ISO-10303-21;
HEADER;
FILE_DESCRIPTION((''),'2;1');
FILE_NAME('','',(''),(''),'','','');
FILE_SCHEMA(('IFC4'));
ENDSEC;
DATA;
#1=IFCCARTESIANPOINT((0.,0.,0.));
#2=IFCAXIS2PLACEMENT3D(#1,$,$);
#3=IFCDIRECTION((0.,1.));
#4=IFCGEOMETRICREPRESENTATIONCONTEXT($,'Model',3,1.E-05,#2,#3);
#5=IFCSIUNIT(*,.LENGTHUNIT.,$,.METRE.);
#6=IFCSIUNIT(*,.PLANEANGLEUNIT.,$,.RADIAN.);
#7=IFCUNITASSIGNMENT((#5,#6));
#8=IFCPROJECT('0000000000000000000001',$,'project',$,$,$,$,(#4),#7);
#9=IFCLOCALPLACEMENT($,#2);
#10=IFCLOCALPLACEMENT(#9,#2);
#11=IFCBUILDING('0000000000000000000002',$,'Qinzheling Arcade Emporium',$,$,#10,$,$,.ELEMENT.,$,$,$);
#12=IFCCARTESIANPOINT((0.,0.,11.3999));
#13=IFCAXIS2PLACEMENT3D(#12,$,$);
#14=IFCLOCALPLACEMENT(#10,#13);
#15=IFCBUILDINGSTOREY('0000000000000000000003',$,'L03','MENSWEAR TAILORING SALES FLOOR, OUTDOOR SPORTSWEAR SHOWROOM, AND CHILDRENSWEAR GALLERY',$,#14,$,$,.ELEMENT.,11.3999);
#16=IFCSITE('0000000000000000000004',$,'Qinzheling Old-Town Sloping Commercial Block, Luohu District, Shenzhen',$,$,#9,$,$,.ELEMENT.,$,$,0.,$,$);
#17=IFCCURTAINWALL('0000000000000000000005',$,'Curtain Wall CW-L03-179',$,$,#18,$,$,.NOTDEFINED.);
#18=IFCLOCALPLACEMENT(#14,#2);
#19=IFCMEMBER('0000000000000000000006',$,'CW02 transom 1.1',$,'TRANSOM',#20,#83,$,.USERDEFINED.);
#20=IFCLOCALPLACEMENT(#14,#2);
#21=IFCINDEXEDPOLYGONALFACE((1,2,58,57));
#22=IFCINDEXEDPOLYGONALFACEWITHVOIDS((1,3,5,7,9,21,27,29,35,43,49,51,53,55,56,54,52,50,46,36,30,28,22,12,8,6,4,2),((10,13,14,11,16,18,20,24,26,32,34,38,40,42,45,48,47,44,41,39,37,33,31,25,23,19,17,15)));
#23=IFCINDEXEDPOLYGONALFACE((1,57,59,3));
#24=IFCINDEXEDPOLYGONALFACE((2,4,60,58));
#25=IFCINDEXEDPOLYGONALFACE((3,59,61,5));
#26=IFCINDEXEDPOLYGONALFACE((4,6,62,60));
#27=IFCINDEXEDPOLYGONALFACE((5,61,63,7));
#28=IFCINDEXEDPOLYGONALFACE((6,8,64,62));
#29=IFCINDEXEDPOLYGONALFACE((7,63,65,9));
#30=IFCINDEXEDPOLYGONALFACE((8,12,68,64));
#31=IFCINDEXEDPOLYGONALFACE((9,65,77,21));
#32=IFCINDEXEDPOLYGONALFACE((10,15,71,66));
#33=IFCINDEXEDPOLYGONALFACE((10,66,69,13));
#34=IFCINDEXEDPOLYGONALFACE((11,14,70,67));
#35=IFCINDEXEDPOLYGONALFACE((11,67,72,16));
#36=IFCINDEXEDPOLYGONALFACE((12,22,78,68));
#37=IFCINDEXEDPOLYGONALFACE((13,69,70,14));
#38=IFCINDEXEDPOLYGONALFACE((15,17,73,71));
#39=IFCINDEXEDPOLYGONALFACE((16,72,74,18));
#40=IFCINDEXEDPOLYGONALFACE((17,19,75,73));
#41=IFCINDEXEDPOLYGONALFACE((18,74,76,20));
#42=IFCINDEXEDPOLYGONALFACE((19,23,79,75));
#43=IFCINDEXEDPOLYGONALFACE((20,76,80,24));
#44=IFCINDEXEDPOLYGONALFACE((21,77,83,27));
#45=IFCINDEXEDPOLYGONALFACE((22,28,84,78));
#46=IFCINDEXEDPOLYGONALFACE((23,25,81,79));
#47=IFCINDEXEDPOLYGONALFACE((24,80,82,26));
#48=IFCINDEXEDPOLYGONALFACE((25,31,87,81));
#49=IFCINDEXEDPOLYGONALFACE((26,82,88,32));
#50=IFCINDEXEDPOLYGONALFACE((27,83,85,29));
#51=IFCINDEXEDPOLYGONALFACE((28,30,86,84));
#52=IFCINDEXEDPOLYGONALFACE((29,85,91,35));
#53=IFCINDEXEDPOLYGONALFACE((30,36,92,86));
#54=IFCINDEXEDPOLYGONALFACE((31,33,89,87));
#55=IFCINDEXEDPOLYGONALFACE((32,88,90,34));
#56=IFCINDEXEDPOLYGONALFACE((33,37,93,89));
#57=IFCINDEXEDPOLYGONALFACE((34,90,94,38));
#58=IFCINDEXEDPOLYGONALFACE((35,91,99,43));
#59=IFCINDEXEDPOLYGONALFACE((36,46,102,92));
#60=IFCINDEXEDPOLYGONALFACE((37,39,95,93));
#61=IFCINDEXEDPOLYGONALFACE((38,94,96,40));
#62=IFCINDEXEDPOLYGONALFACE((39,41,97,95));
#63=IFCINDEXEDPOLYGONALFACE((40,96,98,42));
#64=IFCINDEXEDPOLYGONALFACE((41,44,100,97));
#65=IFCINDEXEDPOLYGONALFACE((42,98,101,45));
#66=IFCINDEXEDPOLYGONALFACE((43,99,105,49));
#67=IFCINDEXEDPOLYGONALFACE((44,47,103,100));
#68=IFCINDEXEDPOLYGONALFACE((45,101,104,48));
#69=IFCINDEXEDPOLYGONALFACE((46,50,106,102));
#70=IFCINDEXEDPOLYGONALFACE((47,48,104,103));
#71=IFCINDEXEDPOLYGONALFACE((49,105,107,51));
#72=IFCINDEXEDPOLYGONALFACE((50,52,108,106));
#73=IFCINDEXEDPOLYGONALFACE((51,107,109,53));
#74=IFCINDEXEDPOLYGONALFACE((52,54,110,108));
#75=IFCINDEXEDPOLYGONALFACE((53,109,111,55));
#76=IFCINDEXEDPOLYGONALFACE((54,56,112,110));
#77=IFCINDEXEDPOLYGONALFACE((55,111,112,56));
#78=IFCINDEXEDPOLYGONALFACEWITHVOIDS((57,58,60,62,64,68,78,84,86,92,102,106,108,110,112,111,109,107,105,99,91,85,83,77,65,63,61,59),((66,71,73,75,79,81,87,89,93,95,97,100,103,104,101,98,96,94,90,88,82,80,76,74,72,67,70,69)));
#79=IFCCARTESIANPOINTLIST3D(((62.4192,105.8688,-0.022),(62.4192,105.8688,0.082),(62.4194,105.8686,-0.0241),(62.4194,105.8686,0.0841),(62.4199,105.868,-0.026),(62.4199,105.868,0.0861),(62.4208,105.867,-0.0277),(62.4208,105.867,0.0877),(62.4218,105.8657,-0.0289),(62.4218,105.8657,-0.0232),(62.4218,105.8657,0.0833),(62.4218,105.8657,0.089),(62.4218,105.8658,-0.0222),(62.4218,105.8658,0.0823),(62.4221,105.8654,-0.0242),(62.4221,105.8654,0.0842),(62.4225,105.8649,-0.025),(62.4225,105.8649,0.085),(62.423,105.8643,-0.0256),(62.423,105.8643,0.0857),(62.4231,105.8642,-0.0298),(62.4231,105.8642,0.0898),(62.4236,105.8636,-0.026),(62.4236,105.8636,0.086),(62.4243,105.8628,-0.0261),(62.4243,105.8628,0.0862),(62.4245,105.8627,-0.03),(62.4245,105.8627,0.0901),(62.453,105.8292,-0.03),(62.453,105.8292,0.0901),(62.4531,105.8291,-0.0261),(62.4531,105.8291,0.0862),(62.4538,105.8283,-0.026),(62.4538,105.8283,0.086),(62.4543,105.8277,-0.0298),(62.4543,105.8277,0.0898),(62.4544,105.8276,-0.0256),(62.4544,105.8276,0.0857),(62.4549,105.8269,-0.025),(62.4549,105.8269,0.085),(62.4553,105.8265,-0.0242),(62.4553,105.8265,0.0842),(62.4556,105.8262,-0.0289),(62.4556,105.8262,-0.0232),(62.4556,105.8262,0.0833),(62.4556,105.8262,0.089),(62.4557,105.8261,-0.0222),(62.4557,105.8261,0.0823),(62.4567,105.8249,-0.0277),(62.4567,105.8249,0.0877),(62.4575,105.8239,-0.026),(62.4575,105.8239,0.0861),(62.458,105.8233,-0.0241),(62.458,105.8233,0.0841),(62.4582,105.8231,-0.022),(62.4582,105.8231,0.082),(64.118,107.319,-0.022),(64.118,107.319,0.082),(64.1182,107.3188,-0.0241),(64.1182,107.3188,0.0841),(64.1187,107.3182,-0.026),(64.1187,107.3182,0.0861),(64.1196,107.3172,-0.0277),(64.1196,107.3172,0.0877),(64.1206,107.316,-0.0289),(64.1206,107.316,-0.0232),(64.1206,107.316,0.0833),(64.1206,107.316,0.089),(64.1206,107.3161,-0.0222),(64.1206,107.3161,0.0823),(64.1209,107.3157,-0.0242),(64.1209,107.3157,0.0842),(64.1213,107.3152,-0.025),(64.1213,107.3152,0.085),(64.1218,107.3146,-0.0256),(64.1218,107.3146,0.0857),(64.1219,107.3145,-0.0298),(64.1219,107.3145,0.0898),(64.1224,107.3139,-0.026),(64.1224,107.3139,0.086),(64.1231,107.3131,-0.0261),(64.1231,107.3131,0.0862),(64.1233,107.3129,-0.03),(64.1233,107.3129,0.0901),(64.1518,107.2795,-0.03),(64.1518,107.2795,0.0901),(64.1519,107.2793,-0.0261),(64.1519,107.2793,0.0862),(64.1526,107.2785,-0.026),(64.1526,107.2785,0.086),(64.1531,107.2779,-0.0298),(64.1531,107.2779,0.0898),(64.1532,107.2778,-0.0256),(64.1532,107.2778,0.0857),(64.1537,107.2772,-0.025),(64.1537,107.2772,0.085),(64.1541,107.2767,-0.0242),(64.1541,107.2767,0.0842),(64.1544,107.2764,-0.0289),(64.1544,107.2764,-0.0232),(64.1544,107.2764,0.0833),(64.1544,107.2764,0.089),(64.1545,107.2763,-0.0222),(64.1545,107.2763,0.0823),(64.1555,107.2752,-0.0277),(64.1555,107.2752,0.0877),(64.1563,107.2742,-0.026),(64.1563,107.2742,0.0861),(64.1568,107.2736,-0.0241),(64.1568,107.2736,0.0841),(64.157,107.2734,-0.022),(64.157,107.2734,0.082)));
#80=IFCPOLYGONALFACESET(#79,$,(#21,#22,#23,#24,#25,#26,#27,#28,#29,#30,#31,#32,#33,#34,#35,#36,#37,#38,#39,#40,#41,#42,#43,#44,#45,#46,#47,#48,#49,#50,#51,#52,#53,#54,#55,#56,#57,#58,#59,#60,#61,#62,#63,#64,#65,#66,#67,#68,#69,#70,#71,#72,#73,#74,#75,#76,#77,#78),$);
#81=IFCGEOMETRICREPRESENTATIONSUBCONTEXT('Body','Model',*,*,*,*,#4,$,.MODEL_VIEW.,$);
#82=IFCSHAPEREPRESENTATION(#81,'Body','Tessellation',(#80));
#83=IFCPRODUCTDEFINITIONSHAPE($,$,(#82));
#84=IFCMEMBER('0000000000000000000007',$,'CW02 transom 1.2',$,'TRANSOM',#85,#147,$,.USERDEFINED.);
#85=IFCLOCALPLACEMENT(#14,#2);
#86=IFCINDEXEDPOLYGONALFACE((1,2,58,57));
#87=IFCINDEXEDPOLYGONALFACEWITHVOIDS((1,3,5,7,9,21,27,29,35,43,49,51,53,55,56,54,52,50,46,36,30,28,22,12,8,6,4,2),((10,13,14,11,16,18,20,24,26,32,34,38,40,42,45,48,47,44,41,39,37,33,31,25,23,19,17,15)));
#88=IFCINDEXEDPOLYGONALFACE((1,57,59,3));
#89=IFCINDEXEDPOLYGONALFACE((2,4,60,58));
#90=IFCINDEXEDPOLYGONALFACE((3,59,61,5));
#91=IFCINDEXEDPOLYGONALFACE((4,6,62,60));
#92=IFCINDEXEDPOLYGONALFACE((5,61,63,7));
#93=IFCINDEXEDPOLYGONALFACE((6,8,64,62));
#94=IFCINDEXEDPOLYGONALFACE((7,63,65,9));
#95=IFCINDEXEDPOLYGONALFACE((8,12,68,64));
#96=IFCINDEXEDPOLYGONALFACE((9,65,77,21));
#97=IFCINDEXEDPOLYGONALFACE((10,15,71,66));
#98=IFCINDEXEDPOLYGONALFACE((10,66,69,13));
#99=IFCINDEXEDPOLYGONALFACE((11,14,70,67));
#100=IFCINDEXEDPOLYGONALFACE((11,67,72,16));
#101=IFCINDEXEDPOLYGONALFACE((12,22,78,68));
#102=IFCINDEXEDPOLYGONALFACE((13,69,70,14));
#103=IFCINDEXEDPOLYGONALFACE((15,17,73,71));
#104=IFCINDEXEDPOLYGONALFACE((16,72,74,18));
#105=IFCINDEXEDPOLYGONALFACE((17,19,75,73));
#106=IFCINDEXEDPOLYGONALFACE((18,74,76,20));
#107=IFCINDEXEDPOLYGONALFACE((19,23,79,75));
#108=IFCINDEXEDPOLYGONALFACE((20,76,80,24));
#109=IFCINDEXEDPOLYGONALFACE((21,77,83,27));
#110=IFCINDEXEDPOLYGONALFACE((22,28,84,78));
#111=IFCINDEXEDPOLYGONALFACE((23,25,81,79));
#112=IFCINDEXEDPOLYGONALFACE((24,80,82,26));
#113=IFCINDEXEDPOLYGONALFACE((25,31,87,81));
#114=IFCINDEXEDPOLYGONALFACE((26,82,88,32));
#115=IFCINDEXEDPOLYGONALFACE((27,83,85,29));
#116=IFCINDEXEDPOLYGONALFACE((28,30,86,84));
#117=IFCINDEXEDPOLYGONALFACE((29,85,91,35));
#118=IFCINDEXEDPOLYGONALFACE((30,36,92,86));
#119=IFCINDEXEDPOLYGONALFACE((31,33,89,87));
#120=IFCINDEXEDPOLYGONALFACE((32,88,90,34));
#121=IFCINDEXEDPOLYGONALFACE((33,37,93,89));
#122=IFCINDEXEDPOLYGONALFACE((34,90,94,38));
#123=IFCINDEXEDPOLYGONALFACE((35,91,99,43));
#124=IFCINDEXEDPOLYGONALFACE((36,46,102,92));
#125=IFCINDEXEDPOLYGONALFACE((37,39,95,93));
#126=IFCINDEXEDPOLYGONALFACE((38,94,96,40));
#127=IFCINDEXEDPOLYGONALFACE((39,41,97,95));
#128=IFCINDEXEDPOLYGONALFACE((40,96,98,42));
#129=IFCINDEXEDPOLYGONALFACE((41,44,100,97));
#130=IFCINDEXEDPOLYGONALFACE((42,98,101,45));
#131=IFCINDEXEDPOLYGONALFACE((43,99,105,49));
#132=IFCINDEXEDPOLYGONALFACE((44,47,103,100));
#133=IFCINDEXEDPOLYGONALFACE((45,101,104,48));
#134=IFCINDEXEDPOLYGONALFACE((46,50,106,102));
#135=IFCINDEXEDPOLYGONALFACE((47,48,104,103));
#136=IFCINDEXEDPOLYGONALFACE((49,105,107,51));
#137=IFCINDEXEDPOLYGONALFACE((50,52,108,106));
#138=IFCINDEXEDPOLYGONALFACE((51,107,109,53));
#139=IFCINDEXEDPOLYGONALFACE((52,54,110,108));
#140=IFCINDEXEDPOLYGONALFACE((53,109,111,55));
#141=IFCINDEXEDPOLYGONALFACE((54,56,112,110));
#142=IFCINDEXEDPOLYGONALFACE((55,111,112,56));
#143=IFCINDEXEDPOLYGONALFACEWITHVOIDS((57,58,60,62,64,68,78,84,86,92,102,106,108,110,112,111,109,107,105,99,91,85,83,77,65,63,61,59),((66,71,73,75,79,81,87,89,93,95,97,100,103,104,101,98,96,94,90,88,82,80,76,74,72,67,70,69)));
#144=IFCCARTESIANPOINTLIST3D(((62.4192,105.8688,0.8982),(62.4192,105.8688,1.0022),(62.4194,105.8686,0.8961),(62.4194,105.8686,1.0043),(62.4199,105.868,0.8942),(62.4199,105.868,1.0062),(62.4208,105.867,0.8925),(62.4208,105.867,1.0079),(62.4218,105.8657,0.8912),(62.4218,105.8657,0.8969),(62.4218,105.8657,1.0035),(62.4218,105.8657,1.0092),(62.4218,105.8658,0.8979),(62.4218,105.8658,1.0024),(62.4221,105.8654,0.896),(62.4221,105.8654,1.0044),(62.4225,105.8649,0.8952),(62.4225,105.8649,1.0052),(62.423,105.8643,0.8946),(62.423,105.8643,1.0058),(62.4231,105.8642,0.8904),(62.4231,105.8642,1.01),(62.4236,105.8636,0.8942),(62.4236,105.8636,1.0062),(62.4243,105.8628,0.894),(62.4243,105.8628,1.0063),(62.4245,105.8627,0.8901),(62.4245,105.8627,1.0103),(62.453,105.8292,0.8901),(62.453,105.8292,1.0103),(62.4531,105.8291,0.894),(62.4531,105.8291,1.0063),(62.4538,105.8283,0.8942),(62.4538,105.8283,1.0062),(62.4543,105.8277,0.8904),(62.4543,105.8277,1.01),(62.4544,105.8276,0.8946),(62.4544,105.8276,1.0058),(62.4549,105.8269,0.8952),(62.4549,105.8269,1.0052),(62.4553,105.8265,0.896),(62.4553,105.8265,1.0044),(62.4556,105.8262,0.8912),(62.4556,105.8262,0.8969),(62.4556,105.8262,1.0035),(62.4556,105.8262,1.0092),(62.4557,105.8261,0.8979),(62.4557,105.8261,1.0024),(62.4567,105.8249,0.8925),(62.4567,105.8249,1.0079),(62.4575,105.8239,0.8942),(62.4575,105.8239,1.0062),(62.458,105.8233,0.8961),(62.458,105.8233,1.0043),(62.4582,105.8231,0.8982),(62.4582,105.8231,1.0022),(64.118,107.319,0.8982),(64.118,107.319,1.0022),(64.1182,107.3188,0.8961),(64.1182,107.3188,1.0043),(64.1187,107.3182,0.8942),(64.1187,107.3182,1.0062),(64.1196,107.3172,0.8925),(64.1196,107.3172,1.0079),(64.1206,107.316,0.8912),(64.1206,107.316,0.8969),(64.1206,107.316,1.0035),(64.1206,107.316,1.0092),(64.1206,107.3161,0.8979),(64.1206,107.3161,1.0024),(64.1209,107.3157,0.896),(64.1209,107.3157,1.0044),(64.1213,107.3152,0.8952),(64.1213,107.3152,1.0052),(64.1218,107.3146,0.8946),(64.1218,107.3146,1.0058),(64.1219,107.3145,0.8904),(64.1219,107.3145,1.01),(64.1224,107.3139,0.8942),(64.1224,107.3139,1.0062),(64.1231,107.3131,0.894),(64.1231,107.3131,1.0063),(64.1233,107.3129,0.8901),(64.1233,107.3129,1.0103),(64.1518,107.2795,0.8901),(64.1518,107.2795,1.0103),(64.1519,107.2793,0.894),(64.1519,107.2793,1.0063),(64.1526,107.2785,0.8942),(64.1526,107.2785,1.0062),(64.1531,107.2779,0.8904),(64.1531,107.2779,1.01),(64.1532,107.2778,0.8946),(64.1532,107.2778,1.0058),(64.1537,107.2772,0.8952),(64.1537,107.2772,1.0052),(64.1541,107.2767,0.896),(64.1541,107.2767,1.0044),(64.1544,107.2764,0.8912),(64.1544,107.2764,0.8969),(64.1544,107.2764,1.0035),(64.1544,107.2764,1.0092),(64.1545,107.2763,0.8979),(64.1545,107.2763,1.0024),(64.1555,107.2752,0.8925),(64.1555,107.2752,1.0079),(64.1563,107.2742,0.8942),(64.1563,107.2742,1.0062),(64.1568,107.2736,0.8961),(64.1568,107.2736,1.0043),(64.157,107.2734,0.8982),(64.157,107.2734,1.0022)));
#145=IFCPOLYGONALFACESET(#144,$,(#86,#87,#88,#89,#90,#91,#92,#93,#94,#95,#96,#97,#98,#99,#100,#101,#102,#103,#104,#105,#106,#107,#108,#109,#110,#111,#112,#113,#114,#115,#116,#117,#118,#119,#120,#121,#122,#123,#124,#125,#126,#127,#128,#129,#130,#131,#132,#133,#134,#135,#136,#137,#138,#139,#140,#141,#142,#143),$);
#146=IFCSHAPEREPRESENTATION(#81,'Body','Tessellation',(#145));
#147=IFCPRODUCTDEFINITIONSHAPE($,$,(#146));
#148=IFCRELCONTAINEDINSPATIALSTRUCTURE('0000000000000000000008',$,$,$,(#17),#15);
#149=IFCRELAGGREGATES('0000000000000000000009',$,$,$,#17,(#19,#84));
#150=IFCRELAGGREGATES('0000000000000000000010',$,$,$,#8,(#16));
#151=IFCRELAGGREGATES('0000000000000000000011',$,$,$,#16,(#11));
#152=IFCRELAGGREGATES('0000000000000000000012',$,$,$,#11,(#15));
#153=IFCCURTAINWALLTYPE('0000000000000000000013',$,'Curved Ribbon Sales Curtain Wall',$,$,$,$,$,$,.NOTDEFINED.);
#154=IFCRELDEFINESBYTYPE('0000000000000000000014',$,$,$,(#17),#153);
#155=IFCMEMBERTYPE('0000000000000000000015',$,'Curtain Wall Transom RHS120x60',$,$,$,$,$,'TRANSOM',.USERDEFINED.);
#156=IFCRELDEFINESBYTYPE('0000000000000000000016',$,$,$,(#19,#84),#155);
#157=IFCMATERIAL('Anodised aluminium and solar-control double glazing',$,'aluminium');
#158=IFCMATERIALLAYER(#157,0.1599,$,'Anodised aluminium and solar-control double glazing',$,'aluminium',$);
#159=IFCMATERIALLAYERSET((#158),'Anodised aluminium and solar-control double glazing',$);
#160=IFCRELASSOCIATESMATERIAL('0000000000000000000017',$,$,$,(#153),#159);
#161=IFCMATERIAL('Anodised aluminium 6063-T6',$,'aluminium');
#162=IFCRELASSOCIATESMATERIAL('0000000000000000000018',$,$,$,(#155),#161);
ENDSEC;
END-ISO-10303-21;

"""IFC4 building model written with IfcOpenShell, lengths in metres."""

from ifc_helpers import new_model, si_unit, direction, frame, origin, origin_2d, place, context, subcontext, project, spatial, hollow_rectangle, extrude, material, layer, layer_set, material_profile, profile_set, type_object, element, aggregate, save


model = new_model("IFC4")

# Units and contexts
model_context = context("Model", 3, precision=1e-05, world=origin(), true_north=direction((0.0, 1.0)))
body_context = subcontext(model_context, "Body", "Model", "MODEL_VIEW")
ifc_project = project(units=[si_unit("LENGTHUNIT", "METRE"), si_unit("PLANEANGLEUNIT", "RADIAN")], contexts=[model_context])

# Site, building, storey
site_placement = place(None, origin())
site = spatial("IfcSite", under=ifc_project, at=site_placement, Name="Qinzheling Old-Town Sloping Commercial Block, Luohu District, Shenzhen", CompositionType="ELEMENT", RefElevation=0.0)
building_placement = place(site_placement, origin())
building = spatial("IfcBuilding", under=site, at=building_placement, Name="Qinzheling Arcade Emporium", CompositionType="ELEMENT")
storey_placement = place(building_placement, frame((0.0, 0.0, 11.3999)))
storey = spatial("IfcBuildingStorey", under=building, at=storey_placement, Name="L03", Description="MENSWEAR TAILORING SALES FLOOR, OUTDOOR SPORTSWEAR SHOWROOM, AND CHILDRENSWEAR GALLERY", CompositionType="ELEMENT", Elevation=11.3999)

# Shared definitions
ifc_material_1 = material(Name="Anodised aluminium and solar-control double glazing", Category="aluminium")
ifc_layer_1 = layer(ifc_material_1, 0.1599, Name="Anodised aluminium and solar-control double glazing", Category="aluminium")
ifc_layer_set_1 = layer_set([ifc_layer_1], Name="Anodised aluminium and solar-control double glazing")
curtain_wall_type = type_object("IfcCurtainWallType", Name="Curved Ribbon Sales Curtain Wall", PredefinedType="NOTDEFINED", material=ifc_layer_set_1)
ifc_material_2 = material(Name="Anodised aluminium 6063-T6", Category="aluminium")

# Curtain wall
curtain_wall_1_placement = place(storey_placement, origin())
curtain_wall_1 = element("IfcCurtainWall", 1, at=curtain_wall_1_placement, inside=storey, type_object=curtain_wall_type, Name="Curtain Wall CW-L03-179", PredefinedType="NOTDEFINED")

# Members
ifc_material_profile_1 = material_profile(ifc_material_2, hollow_rectangle(XDim=0.0601, YDim=0.1201, WallThickness=0.0039, InnerFilletRadius=0.0039, OuterFilletRadius=0.0081, at=origin_2d()), Name="RHS 120x60x4", Category="aluminium")
ifc_profile_set_1 = profile_set([ifc_material_profile_1], Name="Anodised aluminium 6063-T6")
member_type_1 = type_object("IfcMemberType", Name="Curtain Wall Transom RHS120x60", ElementType="TRANSOM", PredefinedType="USERDEFINED", material=ifc_profile_set_1)
member_1_placement = place(storey_placement, frame((62.4387, 105.8459, 0.03), z_axis=(0.760551, 0.649278, 0.0), x_axis=(-0.649278, 0.760551, 0.0)))
member_1 = element("IfcMember", 2, at=member_1_placement, type_object=member_type_1, Name="CW02 transom 1.1", ObjectType="TRANSOM", PredefinedType="USERDEFINED", context=body_context, shape_type="SweptSolid", body=[
    extrude(hollow_rectangle(XDim=0.0601, YDim=0.1201, WallThickness=0.0039, InnerFilletRadius=0.0039, OuterFilletRadius=0.0081, at=origin_2d()), origin(), (0.0, 0.0, 1.0), 2.2336),
])
member_2_placement = place(storey_placement, frame((62.4387, 105.8459, 0.9502), z_axis=(0.760551, 0.649278, 0.0), x_axis=(-0.649278, 0.760551, 0.0)))
member_2 = element("IfcMember", 3, at=member_2_placement, type_object=member_type_1, Name="CW02 transom 1.2", ObjectType="TRANSOM", PredefinedType="USERDEFINED", context=body_context, shape_type="SweptSolid", body=[
    extrude(hollow_rectangle(XDim=0.0601, YDim=0.1201, WallThickness=0.0039, InnerFilletRadius=0.0039, OuterFilletRadius=0.0081, at=origin_2d()), origin(), (0.0, 0.0, 1.0), 2.2336),
])

aggregate(curtain_wall_1, [member_1, member_2])

save(model, "model.ifc")
